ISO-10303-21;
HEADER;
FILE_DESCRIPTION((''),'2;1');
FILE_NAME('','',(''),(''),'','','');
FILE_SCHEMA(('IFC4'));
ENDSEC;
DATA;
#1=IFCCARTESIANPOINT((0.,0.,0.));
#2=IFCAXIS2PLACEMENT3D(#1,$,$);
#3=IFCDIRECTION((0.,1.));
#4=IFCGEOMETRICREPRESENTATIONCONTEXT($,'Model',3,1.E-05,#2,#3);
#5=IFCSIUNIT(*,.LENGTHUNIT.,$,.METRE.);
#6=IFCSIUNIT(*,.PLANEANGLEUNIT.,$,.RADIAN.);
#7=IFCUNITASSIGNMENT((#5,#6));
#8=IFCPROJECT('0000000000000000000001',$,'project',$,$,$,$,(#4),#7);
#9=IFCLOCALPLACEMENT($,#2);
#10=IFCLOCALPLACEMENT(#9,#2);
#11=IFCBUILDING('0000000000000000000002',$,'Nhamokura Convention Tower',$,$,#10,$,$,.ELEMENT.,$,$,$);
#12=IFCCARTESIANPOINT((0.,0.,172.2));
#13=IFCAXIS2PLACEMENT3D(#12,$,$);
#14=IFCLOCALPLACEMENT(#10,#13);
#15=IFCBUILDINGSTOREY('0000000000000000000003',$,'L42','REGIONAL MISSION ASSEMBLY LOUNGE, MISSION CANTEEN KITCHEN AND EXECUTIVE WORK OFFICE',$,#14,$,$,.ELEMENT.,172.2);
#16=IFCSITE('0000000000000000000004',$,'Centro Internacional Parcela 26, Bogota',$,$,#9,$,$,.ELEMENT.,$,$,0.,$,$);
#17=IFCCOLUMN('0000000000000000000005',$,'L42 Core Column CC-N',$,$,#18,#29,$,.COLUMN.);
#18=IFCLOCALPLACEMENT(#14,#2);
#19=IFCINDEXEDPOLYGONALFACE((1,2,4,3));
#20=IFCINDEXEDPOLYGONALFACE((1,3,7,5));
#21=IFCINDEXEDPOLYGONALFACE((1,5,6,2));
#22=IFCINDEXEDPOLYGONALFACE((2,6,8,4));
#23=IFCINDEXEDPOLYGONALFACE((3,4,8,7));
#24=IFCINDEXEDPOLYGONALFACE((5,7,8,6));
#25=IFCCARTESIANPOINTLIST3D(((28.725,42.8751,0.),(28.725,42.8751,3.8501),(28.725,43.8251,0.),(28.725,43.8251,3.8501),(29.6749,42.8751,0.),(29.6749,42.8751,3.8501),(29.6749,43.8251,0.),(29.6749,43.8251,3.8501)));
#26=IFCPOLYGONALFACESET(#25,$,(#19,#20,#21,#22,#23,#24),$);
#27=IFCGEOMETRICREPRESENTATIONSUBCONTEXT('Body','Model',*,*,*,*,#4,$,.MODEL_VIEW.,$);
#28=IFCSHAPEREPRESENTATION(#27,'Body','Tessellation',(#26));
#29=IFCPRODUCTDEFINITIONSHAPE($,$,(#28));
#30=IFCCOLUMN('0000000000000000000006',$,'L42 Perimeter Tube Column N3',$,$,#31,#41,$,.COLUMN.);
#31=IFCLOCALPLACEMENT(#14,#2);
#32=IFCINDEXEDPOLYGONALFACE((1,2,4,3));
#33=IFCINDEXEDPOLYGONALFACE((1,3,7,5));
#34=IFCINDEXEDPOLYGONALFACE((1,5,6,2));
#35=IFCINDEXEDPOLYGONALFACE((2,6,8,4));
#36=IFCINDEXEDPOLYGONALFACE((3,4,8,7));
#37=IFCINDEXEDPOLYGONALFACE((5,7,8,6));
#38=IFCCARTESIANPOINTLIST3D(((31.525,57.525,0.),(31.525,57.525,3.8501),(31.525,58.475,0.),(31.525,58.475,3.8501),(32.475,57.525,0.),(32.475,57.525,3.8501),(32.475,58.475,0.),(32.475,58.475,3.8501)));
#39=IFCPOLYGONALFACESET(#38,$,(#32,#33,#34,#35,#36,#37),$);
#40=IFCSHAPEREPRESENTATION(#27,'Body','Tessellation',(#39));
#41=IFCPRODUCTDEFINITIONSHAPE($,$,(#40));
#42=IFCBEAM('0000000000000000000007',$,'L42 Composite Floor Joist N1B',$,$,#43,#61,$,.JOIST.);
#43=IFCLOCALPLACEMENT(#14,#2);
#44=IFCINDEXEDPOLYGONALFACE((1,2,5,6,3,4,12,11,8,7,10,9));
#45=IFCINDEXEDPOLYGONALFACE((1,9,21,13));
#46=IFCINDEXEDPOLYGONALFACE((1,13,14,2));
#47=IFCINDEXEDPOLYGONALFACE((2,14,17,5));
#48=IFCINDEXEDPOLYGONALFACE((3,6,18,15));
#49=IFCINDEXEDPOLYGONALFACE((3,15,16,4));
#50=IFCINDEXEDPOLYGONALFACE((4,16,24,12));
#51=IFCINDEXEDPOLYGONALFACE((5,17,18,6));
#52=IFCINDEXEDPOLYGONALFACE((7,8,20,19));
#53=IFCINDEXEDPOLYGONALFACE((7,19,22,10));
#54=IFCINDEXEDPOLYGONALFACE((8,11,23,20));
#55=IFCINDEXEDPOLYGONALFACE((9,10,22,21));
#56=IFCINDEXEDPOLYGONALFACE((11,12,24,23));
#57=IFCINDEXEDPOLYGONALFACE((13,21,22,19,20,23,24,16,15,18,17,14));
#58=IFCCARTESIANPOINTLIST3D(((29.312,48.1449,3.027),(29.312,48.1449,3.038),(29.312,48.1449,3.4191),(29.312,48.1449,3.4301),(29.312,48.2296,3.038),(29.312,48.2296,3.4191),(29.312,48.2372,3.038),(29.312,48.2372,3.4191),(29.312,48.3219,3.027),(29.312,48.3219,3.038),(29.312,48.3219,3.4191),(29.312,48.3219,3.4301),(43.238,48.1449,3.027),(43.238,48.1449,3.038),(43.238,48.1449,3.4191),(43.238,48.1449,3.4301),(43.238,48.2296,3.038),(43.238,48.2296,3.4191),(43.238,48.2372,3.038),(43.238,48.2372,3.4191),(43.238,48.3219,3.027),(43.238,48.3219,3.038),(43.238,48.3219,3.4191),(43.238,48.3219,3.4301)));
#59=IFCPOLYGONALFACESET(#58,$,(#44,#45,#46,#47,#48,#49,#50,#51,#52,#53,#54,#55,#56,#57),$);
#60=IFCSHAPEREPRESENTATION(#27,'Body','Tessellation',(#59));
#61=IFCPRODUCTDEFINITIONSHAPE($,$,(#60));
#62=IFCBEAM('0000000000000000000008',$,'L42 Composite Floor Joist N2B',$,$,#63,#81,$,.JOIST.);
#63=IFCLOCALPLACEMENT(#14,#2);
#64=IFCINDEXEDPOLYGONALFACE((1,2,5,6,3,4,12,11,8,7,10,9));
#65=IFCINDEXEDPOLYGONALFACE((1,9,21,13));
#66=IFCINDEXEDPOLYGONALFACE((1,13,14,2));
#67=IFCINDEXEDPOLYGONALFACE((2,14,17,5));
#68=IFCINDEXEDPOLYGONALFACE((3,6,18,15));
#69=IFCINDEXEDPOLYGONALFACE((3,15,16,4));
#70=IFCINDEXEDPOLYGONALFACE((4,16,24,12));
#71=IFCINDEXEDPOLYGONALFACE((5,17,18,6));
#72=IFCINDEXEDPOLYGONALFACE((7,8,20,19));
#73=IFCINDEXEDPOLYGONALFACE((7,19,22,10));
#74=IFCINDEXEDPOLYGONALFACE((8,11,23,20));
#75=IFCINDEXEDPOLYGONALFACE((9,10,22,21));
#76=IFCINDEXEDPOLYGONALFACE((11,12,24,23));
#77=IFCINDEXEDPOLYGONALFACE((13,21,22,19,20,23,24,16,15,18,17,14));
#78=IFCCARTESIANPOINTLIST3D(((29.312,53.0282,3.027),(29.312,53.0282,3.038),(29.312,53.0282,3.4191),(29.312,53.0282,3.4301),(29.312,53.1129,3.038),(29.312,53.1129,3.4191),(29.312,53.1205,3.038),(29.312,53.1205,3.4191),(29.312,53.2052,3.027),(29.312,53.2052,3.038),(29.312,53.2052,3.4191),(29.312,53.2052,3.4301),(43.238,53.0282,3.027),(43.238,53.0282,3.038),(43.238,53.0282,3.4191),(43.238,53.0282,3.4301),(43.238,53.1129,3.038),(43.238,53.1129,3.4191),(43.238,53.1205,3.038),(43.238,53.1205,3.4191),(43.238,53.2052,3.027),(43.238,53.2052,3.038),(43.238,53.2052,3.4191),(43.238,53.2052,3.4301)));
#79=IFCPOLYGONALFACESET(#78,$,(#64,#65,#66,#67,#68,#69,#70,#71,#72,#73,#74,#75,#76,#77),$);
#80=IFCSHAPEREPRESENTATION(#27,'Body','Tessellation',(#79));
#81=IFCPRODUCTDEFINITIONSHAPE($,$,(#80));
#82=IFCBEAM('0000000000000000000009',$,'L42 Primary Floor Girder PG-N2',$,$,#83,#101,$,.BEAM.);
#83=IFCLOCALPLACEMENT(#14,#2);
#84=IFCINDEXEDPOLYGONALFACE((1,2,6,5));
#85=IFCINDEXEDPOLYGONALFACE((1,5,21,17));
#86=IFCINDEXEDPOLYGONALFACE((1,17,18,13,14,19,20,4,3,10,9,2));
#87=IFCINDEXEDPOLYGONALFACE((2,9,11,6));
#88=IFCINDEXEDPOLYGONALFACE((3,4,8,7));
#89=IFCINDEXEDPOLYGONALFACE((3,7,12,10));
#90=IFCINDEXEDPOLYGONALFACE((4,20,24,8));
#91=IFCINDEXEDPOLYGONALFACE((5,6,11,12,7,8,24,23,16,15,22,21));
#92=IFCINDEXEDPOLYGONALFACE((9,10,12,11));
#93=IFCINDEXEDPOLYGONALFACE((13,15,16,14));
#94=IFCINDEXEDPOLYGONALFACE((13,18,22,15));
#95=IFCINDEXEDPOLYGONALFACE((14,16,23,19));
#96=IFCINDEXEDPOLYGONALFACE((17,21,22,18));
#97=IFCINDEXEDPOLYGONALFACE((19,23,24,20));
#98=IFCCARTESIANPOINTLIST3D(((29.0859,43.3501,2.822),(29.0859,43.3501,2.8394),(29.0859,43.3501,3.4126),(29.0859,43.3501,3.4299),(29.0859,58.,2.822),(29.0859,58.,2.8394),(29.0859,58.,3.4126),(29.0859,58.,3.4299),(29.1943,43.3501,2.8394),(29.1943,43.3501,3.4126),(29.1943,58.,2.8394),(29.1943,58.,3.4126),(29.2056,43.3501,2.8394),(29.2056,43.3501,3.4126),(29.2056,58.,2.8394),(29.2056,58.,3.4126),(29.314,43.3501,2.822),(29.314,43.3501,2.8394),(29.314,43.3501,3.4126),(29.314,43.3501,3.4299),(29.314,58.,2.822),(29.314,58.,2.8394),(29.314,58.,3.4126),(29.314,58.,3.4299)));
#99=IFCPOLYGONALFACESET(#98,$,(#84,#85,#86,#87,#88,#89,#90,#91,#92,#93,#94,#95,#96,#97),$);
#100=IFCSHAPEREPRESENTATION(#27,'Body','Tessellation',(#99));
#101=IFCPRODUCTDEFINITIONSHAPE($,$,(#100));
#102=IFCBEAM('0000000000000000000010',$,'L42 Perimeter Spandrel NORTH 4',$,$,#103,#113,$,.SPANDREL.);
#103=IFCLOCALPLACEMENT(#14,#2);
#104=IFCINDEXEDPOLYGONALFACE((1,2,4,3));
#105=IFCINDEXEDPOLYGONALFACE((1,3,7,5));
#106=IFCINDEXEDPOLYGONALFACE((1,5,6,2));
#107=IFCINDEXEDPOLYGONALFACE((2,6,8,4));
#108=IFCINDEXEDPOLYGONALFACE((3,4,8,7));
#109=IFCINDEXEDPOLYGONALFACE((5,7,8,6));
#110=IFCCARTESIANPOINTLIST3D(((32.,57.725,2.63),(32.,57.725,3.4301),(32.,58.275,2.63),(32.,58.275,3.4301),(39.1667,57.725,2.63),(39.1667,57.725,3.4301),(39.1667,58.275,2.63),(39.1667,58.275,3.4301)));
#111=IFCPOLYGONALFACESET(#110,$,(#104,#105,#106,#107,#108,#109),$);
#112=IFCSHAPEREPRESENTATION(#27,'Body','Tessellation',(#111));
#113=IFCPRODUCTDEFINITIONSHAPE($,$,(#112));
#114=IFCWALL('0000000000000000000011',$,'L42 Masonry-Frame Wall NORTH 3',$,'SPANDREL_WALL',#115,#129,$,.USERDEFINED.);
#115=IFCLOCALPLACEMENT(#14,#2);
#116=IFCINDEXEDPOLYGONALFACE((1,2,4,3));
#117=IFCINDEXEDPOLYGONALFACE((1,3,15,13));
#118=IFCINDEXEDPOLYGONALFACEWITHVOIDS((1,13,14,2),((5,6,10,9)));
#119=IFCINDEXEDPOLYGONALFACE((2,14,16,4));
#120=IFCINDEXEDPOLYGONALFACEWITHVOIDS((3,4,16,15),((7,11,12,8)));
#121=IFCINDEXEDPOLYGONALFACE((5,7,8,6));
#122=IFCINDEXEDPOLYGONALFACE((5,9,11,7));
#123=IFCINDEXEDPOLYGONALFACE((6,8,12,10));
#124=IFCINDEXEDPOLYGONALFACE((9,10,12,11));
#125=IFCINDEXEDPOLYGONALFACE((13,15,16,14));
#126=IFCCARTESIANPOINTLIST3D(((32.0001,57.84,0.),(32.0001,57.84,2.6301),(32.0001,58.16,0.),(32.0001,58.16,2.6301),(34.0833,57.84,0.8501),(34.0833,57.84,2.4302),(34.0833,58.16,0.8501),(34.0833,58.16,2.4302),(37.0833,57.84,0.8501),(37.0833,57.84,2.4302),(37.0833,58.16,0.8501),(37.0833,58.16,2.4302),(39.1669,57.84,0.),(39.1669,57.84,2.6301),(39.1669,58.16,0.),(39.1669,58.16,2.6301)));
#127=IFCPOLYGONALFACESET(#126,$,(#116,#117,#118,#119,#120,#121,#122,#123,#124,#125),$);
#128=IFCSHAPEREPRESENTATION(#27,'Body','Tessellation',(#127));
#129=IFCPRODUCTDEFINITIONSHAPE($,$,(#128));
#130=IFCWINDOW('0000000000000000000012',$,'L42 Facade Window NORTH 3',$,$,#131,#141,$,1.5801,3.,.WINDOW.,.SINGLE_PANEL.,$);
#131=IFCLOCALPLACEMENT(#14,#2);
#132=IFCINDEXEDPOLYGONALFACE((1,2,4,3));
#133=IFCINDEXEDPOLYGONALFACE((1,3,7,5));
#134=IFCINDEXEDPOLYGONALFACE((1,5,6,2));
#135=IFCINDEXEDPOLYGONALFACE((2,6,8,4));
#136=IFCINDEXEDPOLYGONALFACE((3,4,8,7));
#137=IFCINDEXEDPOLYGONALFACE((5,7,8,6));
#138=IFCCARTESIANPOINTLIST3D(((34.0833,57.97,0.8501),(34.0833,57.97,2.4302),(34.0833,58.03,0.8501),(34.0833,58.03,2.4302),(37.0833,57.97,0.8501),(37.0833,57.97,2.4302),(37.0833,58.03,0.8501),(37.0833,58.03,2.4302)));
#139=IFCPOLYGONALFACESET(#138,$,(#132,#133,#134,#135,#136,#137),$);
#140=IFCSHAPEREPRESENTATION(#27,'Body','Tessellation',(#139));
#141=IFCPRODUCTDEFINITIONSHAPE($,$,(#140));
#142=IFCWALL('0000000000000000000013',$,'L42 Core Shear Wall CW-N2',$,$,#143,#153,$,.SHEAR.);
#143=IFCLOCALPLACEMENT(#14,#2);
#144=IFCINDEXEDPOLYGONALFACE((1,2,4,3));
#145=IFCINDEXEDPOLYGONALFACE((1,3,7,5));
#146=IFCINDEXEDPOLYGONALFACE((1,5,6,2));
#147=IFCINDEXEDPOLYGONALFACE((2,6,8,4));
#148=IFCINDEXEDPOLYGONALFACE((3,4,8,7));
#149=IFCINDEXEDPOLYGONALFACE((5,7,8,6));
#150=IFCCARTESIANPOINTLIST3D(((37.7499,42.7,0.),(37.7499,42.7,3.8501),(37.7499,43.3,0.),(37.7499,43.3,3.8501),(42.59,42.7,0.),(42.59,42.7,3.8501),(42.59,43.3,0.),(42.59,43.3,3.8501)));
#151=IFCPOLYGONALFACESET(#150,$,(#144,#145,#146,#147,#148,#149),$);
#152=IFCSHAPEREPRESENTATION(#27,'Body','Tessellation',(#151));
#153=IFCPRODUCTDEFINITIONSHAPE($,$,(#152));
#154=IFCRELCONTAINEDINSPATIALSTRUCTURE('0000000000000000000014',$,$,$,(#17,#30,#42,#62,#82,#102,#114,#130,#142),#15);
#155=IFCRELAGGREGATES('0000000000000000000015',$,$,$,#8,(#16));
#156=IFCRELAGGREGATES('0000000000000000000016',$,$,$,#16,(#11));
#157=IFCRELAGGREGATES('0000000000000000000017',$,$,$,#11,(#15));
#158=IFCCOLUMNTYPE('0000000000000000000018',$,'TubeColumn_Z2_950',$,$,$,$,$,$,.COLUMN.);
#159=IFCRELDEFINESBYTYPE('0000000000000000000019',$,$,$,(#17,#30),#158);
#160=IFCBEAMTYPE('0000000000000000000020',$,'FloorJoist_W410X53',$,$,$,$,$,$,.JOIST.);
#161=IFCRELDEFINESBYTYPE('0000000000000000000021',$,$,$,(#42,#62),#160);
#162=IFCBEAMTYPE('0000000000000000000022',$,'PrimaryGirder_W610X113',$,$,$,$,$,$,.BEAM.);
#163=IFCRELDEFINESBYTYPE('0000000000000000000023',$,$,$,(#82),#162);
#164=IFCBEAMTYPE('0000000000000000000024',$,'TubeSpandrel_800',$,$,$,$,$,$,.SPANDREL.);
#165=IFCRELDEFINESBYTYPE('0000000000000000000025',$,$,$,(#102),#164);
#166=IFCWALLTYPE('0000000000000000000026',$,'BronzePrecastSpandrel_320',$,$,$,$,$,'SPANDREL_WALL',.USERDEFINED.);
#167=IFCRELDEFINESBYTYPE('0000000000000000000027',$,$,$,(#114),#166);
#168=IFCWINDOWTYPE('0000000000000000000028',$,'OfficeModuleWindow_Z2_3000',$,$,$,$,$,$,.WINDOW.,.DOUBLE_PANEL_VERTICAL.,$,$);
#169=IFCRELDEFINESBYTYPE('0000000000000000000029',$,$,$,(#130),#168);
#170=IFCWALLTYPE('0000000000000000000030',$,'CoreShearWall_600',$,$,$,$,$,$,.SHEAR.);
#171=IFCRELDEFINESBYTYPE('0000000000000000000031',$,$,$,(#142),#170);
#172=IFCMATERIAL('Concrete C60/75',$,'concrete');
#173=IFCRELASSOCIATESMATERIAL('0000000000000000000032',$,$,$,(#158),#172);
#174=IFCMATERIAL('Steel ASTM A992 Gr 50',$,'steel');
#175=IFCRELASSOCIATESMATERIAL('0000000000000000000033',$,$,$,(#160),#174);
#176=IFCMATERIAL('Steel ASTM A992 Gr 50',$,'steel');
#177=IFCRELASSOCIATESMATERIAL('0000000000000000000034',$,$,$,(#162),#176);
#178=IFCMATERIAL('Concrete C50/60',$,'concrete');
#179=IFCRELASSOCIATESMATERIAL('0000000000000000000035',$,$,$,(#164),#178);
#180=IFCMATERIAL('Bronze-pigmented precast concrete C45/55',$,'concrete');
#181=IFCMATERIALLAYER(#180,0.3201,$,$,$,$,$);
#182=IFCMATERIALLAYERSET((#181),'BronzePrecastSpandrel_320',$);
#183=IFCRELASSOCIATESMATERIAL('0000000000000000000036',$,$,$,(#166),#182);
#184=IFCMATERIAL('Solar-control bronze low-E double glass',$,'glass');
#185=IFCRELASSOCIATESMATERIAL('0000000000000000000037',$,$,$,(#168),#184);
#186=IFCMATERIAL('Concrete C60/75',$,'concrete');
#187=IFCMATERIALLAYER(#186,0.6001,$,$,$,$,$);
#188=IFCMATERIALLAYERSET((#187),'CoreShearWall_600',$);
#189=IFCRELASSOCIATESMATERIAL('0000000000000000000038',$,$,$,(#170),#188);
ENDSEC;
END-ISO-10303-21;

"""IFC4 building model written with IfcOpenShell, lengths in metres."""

from ifc_helpers import new_model, si_unit, direction, frame, frame_2d, origin, origin_2d, place, context, subcontext, project, spatial, rectangle, i_section, extrude, material, layer, layer_set, material_profile, profile_set, type_object, element, fill, save


model = new_model("IFC4")

# Units and contexts
model_context = context("Model", 3, precision=1e-05, world=origin(), true_north=direction((0.0, 1.0)))
body_context = subcontext(model_context, "Body", "Model", "MODEL_VIEW")
ifc_project = project(units=[si_unit("LENGTHUNIT", "METRE"), si_unit("PLANEANGLEUNIT", "RADIAN")], contexts=[model_context])

# Site, building, storey
site_placement = place(None, origin())
site = spatial("IfcSite", under=ifc_project, at=site_placement, Name="Centro Internacional Parcela 26, Bogota", CompositionType="ELEMENT", RefElevation=0.0)
building_placement = place(site_placement, origin())
building = spatial("IfcBuilding", under=site, at=building_placement, Name="Nhamokura Convention Tower", CompositionType="ELEMENT")
storey_placement = place(building_placement, frame((0.0, 0.0, 172.2)))
storey = spatial("IfcBuildingStorey", under=building, at=storey_placement, Name="L42", Description="REGIONAL MISSION ASSEMBLY LOUNGE, MISSION CANTEEN KITCHEN AND EXECUTIVE WORK OFFICE", CompositionType="ELEMENT", Elevation=172.2)

# Columns
ifc_material_1 = material(Name="Concrete C60/75", Category="concrete")
ifc_material_profile_1 = material_profile(ifc_material_1, rectangle(XDim=0.95, YDim=0.95, at=origin_2d()))
ifc_profile_set_1 = profile_set([ifc_material_profile_1], Name="Concrete C60/75")
column_type = type_object("IfcColumnType", Name="TubeColumn_Z2_950", PredefinedType="COLUMN", material=ifc_profile_set_1)
for number, where, z_axis, x_axis, name in (
    (1, (29.2, 43.3501, 0.0), (0.0, 0.0, 1.0), (1.0, 0.0, 0.0), "L42 Core Column CC-N"),
    (2, (32.0, 58.0, 0.0), (0.0, 0.0, 1.0), (1.0, 0.0, 0.0), "L42 Perimeter Tube Column N3"),
):
    element("IfcColumn", number, at=place(storey_placement, frame(where, z_axis=z_axis, x_axis=x_axis)), inside=storey, type_object=column_type, Name=name, PredefinedType="COLUMN", context=body_context, shape_type="SweptSolid", body=[
        extrude(rectangle(XDim=0.95, YDim=0.95, at=origin_2d()), origin(), (0.0, 0.0, 1.0), 3.8501),
    ])

# Beams
ifc_material_2 = material(Name="Steel ASTM A992 Gr 50", Category="steel")
ifc_material_profile_2 = material_profile(ifc_material_2, i_section(OverallWidth=0.177, OverallDepth=0.4031, WebThickness=0.0076, FlangeThickness=0.011, at=origin_2d()))
ifc_profile_set_2 = profile_set([ifc_material_profile_2], Name="Steel ASTM A992 Gr 50")
beam_type_1 = type_object("IfcBeamType", Name="FloorJoist_W410X53", PredefinedType="JOIST", material=ifc_profile_set_2)
for number, where, z_axis, x_axis, name in (
    (3, (29.312, 48.2334, 3.2285), (1.0, 0.0, 0.0), (0.0, 1.0, 0.0), "L42 Composite Floor Joist N1B"),
    (4, (29.312, 53.1167, 3.2285), (1.0, 0.0, 0.0), (0.0, 1.0, 0.0), "L42 Composite Floor Joist N2B"),
):
    element("IfcBeam", number, at=place(storey_placement, frame(where, z_axis=z_axis, x_axis=x_axis)), inside=storey, type_object=beam_type_1, Name=name, PredefinedType="JOIST", context=body_context, shape_type="SweptSolid", body=[
        extrude(i_section(OverallWidth=0.177, OverallDepth=0.4031, WebThickness=0.0076, FlangeThickness=0.011, at=origin_2d()), origin(), (0.0, 0.0, 1.0), 13.926),
    ])
ifc_material_3 = material(Name="Steel ASTM A992 Gr 50", Category="steel")
ifc_material_profile_3 = material_profile(ifc_material_3, i_section(OverallWidth=0.228, OverallDepth=0.6079, WebThickness=0.0112, FlangeThickness=0.0173, at=origin_2d()))
ifc_profile_set_3 = profile_set([ifc_material_profile_3], Name="Steel ASTM A992 Gr 50")
beam_type_2 = type_object("IfcBeamType", Name="PrimaryGirder_W610X113", PredefinedType="BEAM", material=ifc_profile_set_3)
beam_1_placement = place(storey_placement, frame((29.2, 43.3501, 3.126), z_axis=(0.0, 1.0, 0.0), x_axis=(-1.0, 0.0, 0.0)))
element("IfcBeam", 5, at=beam_1_placement, inside=storey, type_object=beam_type_2, Name="L42 Primary Floor Girder PG-N2", PredefinedType="BEAM", context=body_context, shape_type="SweptSolid", body=[
    extrude(i_section(OverallWidth=0.228, OverallDepth=0.6079, WebThickness=0.0112, FlangeThickness=0.0173, at=origin_2d()), origin(), (0.0, 0.0, 1.0), 14.6499),
])
ifc_material_4 = material(Name="Concrete C50/60", Category="concrete")
ifc_material_profile_4 = material_profile(ifc_material_4, rectangle(XDim=0.55, YDim=0.8, at=origin_2d()))
ifc_profile_set_4 = profile_set([ifc_material_profile_4], Name="Concrete C50/60")
beam_type_3 = type_object("IfcBeamType", Name="TubeSpandrel_800", PredefinedType="SPANDREL", material=ifc_profile_set_4)
beam_2_placement = place(storey_placement, frame((32.0, 58.0, 3.03), z_axis=(1.0, 0.0, 0.0), x_axis=(0.0, 1.0, 0.0)))
element("IfcBeam", 6, at=beam_2_placement, inside=storey, type_object=beam_type_3, Name="L42 Perimeter Spandrel NORTH 4", PredefinedType="SPANDREL", context=body_context, shape_type="SweptSolid", body=[
    extrude(rectangle(XDim=0.55, YDim=0.8, at=origin_2d()), origin(), (0.0, 0.0, 1.0), 7.1667),
])

# Wall, opening, window
ifc_material_5 = material(Name="Bronze-pigmented precast concrete C45/55", Category="concrete")
ifc_layer_1 = layer(ifc_material_5, 0.3201)
ifc_layer_set_1 = layer_set([ifc_layer_1], Name="BronzePrecastSpandrel_320")
wall_type_1 = type_object("IfcWallType", Name="BronzePrecastSpandrel_320", ElementType="SPANDREL_WALL", PredefinedType="USERDEFINED", material=ifc_layer_set_1)
wall_1_placement = place(storey_placement, frame((32.0, 58.0, 0.0), z_axis=(0.0, 0.0, 1.0), x_axis=(1.0, 0.0, 0.0)))
wall_1 = element("IfcWall", 7, at=wall_1_placement, inside=storey, type_object=wall_type_1, Name="L42 Masonry-Frame Wall NORTH 3", ObjectType="SPANDREL_WALL", PredefinedType="USERDEFINED", context=body_context, shape_type="SweptSolid", body=[
    extrude(rectangle(XDim=7.1667, YDim=0.3201, at=frame_2d((3.5835, 0.0))), origin(), (0.0, 0.0, 1.0), 2.6301),
])
opening_1_placement = place(wall_1_placement, frame((2.0833, 0.0, 0.8501)))
opening_1 = element("IfcOpeningElement", 8, at=opening_1_placement, cuts=wall_1, PredefinedType="OPENING", context=body_context, shape_type="SweptSolid", body=[
    extrude(rectangle(XDim=3.0, YDim=1.5801, at=frame_2d((1.5, 0.79))), frame((0.0, 0.1699, 0.0), z_axis=(0.0, -1.0, 0.0), x_axis=(1.0, 0.0, 0.0)), (0.0, 0.0, 1.0), 0.3401),
])
ifc_material_6 = material(Name="Solar-control bronze low-E double glass", Category="glass")
window_type = type_object("IfcWindowType", Name="OfficeModuleWindow_Z2_3000", PartitioningType="DOUBLE_PANEL_VERTICAL", PredefinedType="WINDOW", material=ifc_material_6)
window_placement = place(opening_1_placement, origin())
window = element("IfcWindow", 9, at=window_placement, inside=storey, type_object=window_type, Name="L42 Facade Window NORTH 3", OverallHeight=1.5801, OverallWidth=3.0, PartitioningType="SINGLE_PANEL", PredefinedType="WINDOW", context=body_context, shape_type="SweptSolid", body=[
    extrude(rectangle(XDim=3.0, YDim=1.5801, at=frame_2d((1.5, 0.79))), frame((0.0, 0.03, 0.0), z_axis=(0.0, -1.0, 0.0), x_axis=(1.0, 0.0, 0.0)), (0.0, 0.0, 1.0), 0.0601),
])
fill(opening_1, window)

# Wall
ifc_material_7 = material(Name="Concrete C60/75", Category="concrete")
ifc_layer_2 = layer(ifc_material_7, 0.6001)
ifc_layer_set_2 = layer_set([ifc_layer_2], Name="CoreShearWall_600")
wall_type_2 = type_object("IfcWallType", Name="CoreShearWall_600", PredefinedType="SHEAR", material=ifc_layer_set_2)
wall_2_placement = place(storey_placement, frame((37.75, 43.0, 0.0), z_axis=(0.0, 0.0, 1.0), x_axis=(1.0, 0.0, 0.0)))
element("IfcWall", 10, at=wall_2_placement, inside=storey, type_object=wall_type_2, Name="L42 Core Shear Wall CW-N2", PredefinedType="SHEAR", context=body_context, shape_type="SweptSolid", body=[
    extrude(rectangle(XDim=4.8401, YDim=0.6001, at=frame_2d((2.4199, 0.0))), origin(), (0.0, 0.0, 1.0), 3.8501),
])

save(model, "model.ifc")
